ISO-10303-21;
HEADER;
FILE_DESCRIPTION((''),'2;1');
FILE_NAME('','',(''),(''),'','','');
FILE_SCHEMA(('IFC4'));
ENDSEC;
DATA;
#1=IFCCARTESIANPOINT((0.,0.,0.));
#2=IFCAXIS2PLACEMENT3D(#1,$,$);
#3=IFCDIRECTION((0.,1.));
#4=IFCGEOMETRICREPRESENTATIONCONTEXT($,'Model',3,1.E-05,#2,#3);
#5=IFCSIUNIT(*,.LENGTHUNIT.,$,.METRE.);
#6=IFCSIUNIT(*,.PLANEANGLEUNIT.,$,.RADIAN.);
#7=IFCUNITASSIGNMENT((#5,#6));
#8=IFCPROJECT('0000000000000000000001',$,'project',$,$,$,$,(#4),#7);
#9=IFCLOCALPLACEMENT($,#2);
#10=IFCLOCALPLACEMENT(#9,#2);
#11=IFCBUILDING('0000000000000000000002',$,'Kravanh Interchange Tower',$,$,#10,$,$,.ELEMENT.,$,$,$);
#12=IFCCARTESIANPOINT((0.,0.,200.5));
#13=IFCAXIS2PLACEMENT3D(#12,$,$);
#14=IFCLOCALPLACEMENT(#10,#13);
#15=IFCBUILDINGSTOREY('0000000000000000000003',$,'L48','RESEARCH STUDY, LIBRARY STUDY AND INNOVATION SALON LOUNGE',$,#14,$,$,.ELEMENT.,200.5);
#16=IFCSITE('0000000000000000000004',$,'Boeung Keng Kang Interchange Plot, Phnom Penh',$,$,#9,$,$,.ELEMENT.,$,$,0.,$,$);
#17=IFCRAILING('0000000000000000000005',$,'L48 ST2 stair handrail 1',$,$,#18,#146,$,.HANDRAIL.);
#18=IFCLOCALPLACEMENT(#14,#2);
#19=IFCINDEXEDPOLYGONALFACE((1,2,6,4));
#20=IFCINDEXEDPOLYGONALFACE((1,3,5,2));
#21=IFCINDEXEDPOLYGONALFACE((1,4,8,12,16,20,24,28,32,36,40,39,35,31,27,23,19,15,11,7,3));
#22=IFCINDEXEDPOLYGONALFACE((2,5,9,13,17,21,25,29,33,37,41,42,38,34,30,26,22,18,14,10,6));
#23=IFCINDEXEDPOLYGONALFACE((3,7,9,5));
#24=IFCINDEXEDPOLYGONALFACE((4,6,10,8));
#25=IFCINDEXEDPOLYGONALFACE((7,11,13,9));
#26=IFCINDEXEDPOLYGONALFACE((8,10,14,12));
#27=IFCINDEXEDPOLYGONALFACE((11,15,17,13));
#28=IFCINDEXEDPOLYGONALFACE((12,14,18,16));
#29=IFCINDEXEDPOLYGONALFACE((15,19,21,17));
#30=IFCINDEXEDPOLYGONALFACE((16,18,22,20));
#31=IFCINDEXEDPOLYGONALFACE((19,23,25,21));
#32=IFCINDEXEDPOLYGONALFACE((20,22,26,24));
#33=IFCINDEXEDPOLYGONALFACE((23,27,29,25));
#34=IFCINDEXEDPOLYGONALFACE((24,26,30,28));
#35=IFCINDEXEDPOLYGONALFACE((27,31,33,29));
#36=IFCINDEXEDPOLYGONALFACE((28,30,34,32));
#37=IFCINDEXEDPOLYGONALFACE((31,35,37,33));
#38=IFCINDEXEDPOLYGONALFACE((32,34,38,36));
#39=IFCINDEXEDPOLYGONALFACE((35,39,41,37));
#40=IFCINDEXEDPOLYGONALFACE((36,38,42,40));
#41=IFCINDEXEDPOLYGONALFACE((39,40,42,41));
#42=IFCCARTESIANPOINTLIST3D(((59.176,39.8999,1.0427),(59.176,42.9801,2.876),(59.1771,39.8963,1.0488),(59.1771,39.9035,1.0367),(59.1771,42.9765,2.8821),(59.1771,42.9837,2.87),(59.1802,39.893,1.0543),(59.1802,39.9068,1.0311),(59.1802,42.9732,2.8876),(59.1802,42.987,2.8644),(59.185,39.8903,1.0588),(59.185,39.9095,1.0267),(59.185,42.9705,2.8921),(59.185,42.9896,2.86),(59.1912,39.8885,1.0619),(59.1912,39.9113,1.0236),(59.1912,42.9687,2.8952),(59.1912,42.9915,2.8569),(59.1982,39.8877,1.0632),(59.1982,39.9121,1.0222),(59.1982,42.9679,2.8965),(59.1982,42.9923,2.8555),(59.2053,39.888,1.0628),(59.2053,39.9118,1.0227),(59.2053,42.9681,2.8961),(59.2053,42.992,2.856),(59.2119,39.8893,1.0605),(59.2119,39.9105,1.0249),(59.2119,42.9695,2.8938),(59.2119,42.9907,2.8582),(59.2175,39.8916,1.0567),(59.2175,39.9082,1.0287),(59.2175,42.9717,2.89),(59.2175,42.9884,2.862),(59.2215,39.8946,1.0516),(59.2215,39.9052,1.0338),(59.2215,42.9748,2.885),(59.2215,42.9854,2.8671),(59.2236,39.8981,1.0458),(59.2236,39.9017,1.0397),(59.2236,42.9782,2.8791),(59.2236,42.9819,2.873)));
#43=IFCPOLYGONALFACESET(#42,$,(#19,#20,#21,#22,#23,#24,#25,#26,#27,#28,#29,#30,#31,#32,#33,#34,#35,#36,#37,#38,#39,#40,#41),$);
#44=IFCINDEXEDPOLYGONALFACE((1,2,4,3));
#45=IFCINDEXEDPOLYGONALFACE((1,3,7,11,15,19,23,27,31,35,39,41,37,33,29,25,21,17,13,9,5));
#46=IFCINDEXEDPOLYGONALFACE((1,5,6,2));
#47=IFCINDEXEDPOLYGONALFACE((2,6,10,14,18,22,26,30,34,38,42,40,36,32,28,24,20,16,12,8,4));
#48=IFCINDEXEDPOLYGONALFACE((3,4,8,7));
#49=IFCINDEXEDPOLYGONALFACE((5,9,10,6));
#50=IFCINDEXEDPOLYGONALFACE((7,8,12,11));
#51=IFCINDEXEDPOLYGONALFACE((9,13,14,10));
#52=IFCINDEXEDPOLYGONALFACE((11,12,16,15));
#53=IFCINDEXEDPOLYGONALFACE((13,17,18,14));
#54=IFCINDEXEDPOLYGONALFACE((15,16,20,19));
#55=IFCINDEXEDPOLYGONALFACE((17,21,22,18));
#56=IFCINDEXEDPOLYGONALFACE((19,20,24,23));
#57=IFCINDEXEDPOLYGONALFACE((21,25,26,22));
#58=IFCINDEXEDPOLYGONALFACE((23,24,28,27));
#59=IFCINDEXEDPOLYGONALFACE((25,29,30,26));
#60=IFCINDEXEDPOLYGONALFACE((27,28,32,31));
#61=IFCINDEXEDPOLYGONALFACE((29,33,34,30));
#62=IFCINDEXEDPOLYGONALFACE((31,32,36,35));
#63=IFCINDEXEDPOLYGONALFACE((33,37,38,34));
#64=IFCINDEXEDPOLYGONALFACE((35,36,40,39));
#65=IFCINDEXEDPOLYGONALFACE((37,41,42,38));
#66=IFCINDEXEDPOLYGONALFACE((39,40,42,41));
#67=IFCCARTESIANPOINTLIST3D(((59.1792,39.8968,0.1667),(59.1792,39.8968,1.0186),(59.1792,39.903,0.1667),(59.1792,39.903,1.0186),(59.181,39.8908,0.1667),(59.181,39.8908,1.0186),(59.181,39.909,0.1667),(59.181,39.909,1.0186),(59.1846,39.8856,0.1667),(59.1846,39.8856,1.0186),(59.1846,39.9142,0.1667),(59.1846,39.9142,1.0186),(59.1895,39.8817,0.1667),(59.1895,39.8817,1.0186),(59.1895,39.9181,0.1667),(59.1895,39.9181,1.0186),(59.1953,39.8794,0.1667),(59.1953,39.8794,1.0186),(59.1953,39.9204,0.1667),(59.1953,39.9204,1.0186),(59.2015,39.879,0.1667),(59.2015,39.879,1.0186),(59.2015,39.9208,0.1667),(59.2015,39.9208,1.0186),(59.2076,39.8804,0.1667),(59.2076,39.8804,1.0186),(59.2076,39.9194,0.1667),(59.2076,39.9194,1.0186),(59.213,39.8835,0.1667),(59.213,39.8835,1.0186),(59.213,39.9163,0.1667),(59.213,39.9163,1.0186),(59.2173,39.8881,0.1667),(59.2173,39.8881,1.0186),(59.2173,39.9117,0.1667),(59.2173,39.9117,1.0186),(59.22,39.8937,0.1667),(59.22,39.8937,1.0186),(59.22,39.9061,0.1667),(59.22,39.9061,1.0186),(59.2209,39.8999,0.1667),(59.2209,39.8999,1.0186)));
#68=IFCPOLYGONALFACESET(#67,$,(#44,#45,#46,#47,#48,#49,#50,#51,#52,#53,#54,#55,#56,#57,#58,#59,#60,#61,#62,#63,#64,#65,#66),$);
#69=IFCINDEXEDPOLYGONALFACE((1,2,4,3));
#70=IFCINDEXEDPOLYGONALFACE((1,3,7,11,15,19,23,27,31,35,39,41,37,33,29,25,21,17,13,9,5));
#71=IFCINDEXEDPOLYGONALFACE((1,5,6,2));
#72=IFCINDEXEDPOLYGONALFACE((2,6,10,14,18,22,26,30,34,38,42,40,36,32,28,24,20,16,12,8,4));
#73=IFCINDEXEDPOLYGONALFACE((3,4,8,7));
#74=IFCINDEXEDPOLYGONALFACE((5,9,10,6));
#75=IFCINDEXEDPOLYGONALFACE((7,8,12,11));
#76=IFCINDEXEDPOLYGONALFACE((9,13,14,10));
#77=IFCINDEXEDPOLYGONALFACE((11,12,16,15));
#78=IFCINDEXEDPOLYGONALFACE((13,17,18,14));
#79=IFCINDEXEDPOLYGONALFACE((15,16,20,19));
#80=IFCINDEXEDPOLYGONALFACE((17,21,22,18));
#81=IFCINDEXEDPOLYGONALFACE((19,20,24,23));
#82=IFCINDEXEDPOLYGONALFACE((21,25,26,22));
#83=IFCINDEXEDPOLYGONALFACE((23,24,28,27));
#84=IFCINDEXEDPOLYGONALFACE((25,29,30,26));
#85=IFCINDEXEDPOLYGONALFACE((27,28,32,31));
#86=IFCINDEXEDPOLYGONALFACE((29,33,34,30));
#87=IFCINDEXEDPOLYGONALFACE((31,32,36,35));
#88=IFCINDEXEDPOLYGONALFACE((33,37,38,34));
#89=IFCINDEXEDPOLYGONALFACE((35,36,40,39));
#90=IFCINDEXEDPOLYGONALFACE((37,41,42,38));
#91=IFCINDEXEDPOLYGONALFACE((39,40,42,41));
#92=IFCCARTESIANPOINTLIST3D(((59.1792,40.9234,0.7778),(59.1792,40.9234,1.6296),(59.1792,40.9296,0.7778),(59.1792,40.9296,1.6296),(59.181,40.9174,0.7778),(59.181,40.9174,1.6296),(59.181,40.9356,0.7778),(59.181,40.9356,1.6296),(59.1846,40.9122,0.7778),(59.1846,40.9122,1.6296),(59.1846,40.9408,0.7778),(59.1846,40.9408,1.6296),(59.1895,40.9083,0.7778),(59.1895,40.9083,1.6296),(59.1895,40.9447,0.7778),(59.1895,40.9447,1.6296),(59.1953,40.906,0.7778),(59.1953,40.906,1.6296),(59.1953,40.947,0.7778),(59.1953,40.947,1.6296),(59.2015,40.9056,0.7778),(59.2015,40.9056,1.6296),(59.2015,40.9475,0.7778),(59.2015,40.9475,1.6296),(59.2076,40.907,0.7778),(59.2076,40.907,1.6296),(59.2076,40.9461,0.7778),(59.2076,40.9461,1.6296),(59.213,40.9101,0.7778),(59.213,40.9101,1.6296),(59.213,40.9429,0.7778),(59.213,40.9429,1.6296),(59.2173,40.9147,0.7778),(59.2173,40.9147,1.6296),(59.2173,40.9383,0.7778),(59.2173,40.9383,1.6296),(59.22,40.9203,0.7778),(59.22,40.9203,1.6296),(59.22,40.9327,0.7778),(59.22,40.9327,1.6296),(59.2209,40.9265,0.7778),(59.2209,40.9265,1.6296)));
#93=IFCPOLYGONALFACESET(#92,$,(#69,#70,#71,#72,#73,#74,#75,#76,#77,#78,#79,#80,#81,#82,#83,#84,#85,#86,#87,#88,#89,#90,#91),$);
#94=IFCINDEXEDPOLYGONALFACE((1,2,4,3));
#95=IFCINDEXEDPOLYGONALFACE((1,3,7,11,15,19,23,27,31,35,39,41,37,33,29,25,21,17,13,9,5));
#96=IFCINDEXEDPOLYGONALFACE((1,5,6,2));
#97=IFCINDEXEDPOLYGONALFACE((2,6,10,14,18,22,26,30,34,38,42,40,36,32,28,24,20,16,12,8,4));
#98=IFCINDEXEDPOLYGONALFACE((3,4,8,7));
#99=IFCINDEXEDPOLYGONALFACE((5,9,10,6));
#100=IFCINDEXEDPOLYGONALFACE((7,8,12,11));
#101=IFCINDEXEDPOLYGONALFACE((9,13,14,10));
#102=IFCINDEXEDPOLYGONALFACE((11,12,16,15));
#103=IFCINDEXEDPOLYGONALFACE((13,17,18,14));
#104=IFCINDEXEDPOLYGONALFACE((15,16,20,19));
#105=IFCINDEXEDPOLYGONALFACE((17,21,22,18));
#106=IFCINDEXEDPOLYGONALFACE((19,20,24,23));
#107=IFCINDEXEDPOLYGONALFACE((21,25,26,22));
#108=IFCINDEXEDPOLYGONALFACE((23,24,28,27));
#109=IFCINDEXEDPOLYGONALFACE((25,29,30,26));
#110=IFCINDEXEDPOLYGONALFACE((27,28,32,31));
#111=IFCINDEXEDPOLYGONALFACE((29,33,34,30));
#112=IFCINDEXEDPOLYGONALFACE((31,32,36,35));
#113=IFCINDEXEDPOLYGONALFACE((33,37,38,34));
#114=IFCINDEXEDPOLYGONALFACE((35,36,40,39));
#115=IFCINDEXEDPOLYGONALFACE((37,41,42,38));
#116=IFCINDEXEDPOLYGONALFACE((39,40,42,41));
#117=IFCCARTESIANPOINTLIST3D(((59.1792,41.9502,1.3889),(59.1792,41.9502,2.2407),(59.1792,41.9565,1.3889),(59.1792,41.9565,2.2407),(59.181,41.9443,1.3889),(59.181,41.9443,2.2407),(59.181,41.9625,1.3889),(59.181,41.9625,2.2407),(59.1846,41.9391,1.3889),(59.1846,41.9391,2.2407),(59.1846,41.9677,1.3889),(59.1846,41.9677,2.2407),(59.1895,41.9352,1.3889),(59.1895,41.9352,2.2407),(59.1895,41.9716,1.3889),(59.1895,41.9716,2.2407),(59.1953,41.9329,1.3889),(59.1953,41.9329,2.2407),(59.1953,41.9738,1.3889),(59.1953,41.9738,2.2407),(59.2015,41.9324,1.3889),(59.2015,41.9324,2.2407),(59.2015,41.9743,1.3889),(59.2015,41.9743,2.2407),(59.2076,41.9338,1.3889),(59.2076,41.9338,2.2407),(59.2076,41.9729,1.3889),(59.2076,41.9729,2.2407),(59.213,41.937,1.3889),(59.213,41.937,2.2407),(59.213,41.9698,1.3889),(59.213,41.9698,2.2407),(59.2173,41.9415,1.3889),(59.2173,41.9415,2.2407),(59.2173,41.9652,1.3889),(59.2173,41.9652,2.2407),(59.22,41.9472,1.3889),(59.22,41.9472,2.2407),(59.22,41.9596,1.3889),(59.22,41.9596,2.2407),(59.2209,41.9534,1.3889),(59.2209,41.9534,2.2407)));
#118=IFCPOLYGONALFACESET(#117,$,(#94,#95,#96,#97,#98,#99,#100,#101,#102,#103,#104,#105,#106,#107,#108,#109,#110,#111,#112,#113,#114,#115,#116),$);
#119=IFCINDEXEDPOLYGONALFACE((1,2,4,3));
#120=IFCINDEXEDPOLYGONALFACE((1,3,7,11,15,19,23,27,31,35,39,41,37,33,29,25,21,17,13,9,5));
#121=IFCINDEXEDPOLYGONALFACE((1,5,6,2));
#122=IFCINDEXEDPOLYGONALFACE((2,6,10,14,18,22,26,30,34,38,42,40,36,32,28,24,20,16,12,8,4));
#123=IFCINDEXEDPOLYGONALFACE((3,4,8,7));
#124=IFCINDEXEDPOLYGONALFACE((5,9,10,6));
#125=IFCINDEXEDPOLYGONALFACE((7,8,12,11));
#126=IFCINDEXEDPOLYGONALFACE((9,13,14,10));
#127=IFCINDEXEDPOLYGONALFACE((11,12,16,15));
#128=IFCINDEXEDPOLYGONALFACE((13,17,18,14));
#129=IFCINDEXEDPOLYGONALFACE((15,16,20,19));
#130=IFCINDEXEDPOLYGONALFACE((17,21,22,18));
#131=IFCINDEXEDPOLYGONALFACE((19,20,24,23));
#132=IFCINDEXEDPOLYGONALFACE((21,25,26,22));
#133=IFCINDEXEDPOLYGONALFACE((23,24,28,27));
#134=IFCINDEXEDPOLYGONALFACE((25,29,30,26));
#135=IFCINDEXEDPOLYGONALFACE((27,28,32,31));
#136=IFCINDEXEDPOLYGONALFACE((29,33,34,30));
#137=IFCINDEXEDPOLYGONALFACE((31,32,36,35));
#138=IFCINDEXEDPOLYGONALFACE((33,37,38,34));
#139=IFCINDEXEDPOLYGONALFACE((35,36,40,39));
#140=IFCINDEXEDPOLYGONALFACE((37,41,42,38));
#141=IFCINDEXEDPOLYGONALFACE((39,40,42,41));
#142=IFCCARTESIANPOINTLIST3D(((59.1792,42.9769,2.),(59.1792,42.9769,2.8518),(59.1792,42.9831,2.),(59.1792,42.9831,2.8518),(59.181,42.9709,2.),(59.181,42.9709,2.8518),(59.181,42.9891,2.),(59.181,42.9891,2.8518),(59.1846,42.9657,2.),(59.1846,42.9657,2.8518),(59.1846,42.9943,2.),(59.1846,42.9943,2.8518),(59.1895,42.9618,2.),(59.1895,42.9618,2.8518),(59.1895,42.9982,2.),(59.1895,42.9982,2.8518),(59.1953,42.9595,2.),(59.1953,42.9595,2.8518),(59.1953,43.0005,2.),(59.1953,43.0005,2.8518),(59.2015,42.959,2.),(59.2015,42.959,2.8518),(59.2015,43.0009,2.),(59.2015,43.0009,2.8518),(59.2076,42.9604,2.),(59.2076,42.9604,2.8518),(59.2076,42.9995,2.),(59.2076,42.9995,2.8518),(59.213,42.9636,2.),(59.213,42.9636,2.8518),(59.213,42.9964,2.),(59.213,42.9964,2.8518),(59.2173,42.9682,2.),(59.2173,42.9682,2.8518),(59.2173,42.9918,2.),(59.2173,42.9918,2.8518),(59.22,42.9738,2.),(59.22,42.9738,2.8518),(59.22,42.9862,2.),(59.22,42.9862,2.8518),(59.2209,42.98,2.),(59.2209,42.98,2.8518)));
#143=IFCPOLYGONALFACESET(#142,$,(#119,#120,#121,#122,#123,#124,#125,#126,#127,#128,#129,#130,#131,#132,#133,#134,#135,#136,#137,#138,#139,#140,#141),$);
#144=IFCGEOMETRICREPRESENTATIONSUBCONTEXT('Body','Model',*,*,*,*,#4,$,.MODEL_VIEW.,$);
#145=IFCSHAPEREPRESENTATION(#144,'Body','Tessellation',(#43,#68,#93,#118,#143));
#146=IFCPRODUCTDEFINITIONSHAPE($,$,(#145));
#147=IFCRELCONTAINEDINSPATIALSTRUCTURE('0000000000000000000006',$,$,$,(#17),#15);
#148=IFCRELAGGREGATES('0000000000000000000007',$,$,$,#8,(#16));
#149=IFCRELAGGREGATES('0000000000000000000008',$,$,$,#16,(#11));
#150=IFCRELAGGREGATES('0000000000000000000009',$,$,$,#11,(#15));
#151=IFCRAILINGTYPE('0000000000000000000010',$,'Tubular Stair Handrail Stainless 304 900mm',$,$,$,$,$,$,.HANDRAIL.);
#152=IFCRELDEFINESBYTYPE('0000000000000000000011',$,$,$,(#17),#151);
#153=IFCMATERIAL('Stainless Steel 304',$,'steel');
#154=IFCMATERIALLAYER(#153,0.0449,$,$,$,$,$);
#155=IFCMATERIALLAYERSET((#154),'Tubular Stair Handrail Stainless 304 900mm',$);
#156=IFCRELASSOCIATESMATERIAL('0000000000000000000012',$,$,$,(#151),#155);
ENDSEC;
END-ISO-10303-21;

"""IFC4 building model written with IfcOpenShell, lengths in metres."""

from ifc_helpers import new_model, si_unit, direction, frame, origin, origin_2d, place, context, subcontext, project, spatial, circle, extrude, material, layer, layer_set, type_object, element, save


model = new_model("IFC4")

# Units and contexts
model_context = context("Model", 3, precision=1e-05, world=origin(), true_north=direction((0.0, 1.0)))
body_context = subcontext(model_context, "Body", "Model", "MODEL_VIEW")
ifc_project = project(units=[si_unit("LENGTHUNIT", "METRE"), si_unit("PLANEANGLEUNIT", "RADIAN")], contexts=[model_context])

# Site, building, storey
site_placement = place(None, origin())
site = spatial("IfcSite", under=ifc_project, at=site_placement, Name="Boeung Keng Kang Interchange Plot, Phnom Penh", CompositionType="ELEMENT", RefElevation=0.0)
building_placement = place(site_placement, origin())
building = spatial("IfcBuilding", under=site, at=building_placement, Name="Kravanh Interchange Tower", CompositionType="ELEMENT")
storey_placement = place(building_placement, frame((0.0, 0.0, 200.5)))
storey = spatial("IfcBuildingStorey", under=building, at=storey_placement, Name="L48", Description="RESEARCH STUDY, LIBRARY STUDY AND INNOVATION SALON LOUNGE", CompositionType="ELEMENT", Elevation=200.5)

# Railing
ifc_material_1 = material(Name="Stainless Steel 304", Category="steel")
ifc_layer_1 = layer(ifc_material_1, 0.0449)
ifc_layer_set_1 = layer_set([ifc_layer_1], Name="Tubular Stair Handrail Stainless 304 900mm")
railing_type_1 = type_object("IfcRailingType", Name="Tubular Stair Handrail Stainless 304 900mm", PredefinedType="HANDRAIL", material=ifc_layer_set_1)
railing_1_placement = place(storey_placement, frame((59.2, 39.8999, 0.1667)))
element("IfcRailing", 1, at=railing_1_placement, inside=storey, type_object=railing_type_1, Name="L48 ST2 stair handrail 1", PredefinedType="HANDRAIL", context=body_context, shape_type="SweptSolid", body=[
    extrude(circle(Radius=0.0239, at=origin_2d()), frame((0.0, 0.0, 0.876), z_axis=(0.0, 0.859309, 0.511458), x_axis=(-1.0, 0.0, 0.0)), (0.0, 0.0, 1.0), 3.5845),
    extrude(circle(Radius=0.021, at=origin_2d()), origin(), (0.0, 0.0, 1.0), 0.8518),
    extrude(circle(Radius=0.021, at=origin_2d()), frame((0.0, 1.0266, 0.6111)), (0.0, 0.0, 1.0), 0.8518),
    extrude(circle(Radius=0.021, at=origin_2d()), frame((0.0, 2.0535, 1.2222)), (0.0, 0.0, 1.0), 0.8518),
    extrude(circle(Radius=0.021, at=origin_2d()), frame((0.0, 3.0801, 1.8333)), (0.0, 0.0, 1.0), 0.8518),
])

save(model, "model.ifc")
